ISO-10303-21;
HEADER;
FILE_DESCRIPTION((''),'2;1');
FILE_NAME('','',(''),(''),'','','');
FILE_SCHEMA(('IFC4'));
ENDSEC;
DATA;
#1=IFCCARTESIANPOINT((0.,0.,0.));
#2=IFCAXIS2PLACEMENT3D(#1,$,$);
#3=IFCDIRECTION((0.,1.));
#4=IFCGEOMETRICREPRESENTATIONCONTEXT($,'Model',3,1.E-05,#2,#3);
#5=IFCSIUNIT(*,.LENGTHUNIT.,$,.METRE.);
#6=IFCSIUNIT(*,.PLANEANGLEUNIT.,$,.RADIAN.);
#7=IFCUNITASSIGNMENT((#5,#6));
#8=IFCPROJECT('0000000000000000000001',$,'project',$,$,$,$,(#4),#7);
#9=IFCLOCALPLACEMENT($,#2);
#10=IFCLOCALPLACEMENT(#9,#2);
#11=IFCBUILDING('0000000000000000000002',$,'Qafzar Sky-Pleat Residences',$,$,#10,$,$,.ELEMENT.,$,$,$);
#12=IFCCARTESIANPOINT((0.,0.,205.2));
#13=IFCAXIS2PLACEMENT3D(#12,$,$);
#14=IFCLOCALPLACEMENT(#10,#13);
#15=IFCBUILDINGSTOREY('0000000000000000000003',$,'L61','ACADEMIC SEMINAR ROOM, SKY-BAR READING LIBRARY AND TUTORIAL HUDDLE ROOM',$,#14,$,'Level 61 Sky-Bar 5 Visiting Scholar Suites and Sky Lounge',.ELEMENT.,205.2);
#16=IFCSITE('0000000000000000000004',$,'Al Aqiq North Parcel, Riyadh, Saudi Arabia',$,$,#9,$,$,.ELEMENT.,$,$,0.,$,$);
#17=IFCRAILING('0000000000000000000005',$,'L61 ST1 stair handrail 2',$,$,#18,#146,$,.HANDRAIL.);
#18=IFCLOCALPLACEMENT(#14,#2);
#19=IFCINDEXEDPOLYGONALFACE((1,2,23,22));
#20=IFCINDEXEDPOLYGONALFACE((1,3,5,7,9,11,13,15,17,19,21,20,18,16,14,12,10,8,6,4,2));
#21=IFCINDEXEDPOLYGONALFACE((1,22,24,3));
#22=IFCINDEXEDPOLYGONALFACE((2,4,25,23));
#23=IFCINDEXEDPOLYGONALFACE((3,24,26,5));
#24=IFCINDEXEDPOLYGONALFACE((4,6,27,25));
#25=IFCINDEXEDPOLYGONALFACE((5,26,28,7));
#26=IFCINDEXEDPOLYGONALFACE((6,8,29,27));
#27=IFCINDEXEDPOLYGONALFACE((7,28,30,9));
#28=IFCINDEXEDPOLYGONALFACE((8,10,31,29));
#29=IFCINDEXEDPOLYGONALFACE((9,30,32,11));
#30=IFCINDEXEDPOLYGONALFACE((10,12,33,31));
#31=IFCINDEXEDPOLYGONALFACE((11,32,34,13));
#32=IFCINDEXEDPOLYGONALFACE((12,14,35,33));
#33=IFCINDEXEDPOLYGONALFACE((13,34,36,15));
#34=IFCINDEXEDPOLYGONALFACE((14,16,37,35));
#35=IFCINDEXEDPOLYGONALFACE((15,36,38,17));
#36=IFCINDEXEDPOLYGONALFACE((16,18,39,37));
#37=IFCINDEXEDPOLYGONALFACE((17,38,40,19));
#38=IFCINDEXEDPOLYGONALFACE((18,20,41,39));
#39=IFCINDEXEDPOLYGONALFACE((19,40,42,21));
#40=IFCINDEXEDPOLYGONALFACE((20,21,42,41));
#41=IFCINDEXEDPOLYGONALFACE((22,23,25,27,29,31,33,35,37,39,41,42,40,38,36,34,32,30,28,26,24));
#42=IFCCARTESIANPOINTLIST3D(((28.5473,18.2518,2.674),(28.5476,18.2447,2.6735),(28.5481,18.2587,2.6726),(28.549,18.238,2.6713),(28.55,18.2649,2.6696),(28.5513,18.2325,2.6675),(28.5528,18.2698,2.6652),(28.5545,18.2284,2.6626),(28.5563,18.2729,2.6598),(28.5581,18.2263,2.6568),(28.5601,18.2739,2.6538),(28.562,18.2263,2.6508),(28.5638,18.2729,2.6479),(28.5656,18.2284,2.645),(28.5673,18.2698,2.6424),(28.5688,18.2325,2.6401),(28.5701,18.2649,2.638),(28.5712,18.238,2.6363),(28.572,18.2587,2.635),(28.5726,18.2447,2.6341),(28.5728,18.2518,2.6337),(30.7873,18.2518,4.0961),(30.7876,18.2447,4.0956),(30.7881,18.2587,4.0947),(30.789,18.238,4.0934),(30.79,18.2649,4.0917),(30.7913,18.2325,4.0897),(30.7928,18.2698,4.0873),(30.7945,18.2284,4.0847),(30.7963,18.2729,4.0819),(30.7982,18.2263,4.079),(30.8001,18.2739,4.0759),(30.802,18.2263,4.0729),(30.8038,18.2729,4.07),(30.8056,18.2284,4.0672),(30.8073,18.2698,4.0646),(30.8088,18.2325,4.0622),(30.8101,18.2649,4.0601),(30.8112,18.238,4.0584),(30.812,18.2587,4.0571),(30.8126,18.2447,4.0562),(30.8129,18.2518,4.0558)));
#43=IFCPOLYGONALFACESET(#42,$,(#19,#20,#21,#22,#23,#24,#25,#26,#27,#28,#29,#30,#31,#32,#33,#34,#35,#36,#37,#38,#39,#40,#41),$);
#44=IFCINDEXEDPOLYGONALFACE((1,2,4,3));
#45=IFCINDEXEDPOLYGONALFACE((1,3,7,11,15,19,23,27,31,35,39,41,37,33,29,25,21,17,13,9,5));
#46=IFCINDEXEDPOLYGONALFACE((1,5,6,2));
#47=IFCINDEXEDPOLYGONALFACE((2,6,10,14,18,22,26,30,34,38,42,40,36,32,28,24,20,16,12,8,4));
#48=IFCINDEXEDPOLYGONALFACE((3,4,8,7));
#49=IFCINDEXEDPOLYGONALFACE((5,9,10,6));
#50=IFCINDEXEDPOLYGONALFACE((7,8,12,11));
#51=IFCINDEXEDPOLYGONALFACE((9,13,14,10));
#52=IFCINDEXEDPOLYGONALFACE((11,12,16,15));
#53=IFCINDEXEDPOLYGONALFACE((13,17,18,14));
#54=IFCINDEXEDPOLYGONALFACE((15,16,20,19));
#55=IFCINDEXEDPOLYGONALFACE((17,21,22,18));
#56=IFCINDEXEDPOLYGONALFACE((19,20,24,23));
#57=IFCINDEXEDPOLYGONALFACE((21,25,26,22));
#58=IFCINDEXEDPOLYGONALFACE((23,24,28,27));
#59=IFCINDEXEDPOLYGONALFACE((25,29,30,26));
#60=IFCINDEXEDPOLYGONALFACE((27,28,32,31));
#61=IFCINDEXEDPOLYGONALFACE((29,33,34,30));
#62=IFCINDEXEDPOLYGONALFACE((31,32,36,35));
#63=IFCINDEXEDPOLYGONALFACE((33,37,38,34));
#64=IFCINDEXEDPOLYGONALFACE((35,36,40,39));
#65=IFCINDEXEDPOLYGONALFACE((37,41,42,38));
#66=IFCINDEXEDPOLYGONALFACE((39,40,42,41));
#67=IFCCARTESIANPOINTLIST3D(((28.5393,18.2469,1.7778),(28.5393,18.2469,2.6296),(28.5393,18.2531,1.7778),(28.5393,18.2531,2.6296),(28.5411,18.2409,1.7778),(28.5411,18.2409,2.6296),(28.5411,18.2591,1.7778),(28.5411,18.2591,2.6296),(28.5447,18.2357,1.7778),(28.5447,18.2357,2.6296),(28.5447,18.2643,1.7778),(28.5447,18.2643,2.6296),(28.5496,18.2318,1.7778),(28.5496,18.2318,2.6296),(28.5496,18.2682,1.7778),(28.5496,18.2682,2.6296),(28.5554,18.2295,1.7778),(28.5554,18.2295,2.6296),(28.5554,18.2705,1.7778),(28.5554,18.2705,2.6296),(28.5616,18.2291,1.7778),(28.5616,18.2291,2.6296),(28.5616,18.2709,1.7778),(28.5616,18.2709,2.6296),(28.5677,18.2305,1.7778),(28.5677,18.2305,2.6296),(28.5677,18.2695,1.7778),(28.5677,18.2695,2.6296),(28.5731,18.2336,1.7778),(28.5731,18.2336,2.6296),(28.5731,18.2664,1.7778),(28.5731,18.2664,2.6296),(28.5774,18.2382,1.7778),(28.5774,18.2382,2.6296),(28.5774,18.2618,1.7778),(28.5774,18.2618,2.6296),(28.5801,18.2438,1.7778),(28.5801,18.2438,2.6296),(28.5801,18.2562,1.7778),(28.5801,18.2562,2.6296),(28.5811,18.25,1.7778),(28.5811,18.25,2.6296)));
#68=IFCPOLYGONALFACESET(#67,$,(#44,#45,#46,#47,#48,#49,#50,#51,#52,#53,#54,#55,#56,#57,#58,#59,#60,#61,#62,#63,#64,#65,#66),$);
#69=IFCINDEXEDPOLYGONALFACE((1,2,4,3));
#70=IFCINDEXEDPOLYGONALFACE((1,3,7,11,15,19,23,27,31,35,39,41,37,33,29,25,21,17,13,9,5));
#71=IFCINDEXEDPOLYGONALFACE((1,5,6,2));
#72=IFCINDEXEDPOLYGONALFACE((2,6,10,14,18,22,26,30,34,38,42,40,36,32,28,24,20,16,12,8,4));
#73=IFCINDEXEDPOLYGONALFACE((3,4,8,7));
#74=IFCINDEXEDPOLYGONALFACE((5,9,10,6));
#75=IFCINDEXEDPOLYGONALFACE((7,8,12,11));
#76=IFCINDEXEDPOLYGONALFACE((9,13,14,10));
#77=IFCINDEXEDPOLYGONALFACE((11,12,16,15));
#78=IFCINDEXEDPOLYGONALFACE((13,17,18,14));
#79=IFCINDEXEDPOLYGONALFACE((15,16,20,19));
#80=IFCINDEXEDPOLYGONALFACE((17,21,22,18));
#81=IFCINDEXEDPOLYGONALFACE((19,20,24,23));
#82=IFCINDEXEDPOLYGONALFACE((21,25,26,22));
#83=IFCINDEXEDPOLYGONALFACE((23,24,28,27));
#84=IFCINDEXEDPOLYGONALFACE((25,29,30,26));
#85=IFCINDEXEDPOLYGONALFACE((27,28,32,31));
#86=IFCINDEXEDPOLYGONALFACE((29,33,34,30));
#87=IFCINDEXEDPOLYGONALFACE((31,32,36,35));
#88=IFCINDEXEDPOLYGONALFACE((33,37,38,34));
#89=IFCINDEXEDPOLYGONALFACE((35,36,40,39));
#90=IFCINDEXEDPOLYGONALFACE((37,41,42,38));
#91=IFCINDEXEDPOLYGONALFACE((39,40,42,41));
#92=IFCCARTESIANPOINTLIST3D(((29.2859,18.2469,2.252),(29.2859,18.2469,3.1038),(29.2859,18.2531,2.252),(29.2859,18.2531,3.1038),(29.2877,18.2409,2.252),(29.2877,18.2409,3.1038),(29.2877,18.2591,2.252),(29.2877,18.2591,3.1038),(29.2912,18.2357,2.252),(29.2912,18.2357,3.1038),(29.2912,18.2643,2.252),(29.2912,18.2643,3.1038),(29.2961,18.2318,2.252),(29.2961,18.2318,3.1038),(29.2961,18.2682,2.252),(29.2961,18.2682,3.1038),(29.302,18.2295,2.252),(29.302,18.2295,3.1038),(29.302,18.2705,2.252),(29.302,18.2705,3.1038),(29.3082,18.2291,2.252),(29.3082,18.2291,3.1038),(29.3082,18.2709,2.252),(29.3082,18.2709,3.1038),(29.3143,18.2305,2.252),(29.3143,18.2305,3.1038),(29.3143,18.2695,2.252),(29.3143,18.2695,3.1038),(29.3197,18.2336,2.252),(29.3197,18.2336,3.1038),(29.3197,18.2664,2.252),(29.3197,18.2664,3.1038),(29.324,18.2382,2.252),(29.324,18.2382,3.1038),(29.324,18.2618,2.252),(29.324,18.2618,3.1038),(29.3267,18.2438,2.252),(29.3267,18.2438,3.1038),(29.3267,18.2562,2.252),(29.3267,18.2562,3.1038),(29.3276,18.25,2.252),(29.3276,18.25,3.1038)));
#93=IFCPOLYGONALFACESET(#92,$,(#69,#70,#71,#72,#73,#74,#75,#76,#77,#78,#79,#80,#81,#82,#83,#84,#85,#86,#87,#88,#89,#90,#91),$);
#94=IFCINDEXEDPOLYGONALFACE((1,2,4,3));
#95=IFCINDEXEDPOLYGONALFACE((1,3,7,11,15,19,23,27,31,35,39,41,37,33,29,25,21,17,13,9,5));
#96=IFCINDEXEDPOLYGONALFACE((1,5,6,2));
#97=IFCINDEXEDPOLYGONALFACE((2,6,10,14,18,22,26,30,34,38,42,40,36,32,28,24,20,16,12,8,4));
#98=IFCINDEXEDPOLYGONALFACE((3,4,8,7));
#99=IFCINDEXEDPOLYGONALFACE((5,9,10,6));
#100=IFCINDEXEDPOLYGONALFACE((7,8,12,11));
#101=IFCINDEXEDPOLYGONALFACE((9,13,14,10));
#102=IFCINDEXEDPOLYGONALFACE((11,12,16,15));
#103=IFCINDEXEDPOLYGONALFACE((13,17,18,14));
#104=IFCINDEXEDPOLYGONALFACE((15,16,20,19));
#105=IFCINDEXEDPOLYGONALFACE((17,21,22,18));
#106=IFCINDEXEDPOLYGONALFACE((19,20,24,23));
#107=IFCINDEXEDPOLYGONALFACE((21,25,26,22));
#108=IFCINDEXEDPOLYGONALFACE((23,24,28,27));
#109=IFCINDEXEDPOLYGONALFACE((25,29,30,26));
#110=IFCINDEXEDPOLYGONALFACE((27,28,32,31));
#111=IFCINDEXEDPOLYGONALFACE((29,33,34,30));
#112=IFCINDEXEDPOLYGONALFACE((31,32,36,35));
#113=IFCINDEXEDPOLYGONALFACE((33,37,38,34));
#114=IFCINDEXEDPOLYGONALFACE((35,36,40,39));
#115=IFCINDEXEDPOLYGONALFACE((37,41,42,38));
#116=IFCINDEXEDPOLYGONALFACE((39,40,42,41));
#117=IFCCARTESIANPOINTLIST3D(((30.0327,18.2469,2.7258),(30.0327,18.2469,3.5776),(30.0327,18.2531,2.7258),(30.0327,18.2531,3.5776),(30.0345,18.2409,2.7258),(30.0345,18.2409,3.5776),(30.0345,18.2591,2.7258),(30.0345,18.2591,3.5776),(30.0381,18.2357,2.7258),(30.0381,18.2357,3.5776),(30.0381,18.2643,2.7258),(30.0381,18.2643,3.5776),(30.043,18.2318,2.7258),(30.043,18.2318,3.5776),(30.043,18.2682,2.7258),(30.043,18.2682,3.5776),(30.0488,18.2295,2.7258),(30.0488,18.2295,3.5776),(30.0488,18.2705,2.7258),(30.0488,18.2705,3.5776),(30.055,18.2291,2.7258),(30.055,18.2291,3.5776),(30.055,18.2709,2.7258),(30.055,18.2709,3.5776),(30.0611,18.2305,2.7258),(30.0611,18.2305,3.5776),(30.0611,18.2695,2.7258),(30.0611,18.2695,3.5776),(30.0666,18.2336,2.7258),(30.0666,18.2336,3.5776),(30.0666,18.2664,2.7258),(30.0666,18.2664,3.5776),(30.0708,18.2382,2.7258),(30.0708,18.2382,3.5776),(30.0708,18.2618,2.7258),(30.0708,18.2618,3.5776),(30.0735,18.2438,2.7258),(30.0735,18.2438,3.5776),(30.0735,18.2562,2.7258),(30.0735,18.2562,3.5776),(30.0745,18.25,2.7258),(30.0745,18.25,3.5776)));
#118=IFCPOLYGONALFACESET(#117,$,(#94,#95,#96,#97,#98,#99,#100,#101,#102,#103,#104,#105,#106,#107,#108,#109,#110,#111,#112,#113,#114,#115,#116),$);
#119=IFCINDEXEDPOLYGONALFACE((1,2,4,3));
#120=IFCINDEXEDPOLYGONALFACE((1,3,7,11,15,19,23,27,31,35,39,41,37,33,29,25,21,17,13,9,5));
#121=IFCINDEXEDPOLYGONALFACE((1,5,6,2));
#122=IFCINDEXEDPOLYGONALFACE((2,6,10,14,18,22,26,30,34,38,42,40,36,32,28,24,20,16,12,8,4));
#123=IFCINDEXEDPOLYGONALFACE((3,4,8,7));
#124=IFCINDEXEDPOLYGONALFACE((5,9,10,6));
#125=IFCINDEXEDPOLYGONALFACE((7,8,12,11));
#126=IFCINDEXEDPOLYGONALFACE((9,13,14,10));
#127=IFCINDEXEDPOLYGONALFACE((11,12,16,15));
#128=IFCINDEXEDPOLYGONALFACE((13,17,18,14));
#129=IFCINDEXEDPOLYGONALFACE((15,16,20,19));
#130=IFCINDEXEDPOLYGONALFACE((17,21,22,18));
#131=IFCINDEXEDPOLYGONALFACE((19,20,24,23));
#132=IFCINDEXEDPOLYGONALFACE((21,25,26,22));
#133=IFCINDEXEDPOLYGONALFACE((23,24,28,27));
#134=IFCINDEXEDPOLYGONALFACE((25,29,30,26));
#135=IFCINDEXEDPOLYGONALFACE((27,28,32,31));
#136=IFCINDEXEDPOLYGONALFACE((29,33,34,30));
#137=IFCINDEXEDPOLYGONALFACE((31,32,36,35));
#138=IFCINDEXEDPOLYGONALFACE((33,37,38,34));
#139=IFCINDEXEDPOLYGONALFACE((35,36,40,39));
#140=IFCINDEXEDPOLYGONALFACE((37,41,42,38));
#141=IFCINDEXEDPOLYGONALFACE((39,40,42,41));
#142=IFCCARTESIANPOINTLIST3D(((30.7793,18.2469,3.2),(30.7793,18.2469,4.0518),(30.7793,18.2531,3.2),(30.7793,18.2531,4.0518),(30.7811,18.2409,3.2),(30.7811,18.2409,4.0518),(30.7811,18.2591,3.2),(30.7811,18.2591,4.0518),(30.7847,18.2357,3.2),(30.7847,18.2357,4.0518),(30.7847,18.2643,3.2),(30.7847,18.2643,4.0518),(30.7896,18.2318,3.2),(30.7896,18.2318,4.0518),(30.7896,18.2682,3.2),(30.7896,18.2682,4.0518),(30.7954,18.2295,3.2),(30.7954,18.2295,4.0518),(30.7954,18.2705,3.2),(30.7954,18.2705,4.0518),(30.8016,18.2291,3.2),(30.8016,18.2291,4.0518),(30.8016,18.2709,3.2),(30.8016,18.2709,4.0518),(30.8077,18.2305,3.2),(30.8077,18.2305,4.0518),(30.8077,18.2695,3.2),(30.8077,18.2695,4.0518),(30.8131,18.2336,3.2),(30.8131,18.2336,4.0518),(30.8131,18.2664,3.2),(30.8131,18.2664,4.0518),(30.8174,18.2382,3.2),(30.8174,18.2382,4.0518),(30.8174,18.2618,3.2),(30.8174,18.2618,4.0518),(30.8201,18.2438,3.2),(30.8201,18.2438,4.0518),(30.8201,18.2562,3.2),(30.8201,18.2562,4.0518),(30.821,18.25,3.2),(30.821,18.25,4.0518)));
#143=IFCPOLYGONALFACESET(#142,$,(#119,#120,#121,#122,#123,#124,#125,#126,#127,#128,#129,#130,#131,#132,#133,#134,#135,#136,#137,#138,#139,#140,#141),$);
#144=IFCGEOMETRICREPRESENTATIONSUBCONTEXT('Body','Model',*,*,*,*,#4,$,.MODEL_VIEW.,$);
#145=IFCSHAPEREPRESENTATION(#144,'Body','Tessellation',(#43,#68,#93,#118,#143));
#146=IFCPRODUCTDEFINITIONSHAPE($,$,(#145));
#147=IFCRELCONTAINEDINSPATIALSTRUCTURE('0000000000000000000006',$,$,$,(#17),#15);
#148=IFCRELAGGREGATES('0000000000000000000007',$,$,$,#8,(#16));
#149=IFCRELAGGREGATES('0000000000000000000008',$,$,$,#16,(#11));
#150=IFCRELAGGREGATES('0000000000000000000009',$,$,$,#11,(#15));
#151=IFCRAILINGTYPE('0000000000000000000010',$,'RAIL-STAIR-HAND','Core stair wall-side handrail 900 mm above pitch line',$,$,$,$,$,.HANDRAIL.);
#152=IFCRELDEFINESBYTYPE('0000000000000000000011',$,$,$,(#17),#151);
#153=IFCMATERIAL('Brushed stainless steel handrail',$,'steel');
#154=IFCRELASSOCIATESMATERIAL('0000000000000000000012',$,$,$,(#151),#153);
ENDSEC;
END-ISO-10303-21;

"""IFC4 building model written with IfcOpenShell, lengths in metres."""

from ifc_helpers import new_model, si_unit, direction, frame, origin, origin_2d, place, context, subcontext, project, spatial, circle, extrude, source, transform, mapped, material, type_object, element, save


model = new_model("IFC4")

# Units and contexts
model_context = context("Model", 3, precision=1e-05, world=origin(), true_north=direction((0.0, 1.0)))
body_context = subcontext(model_context, "Body", "Model", "MODEL_VIEW")
ifc_project = project(units=[si_unit("LENGTHUNIT", "METRE"), si_unit("PLANEANGLEUNIT", "RADIAN")], contexts=[model_context])

# Site, building, storey
site_placement = place(None, origin())
site = spatial("IfcSite", under=ifc_project, at=site_placement, Name="Al Aqiq North Parcel, Riyadh, Saudi Arabia", CompositionType="ELEMENT", RefElevation=0.0)
building_placement = place(site_placement, origin())
building = spatial("IfcBuilding", under=site, at=building_placement, Name="Qafzar Sky-Pleat Residences", CompositionType="ELEMENT")
storey_placement = place(building_placement, frame((0.0, 0.0, 205.2)))
storey = spatial("IfcBuildingStorey", under=building, at=storey_placement, Name="L61", Description="ACADEMIC SEMINAR ROOM, SKY-BAR READING LIBRARY AND TUTORIAL HUDDLE ROOM", LongName="Level 61 Sky-Bar 5 Visiting Scholar Suites and Sky Lounge", CompositionType="ELEMENT", Elevation=205.2)

# Railing
ifc_material_1 = material(Name="Brushed stainless steel handrail", Category="steel")
railing_type_1 = type_object("IfcRailingType", Name="RAIL-STAIR-HAND", Description="Core stair wall-side handrail 900 mm above pitch line", PredefinedType="HANDRAIL", material=ifc_material_1)
shared_shape_1 = source(origin(), body_context, "Body", "SweptSolid", [
    extrude(circle(Radius=0.0239, at=origin_2d()), frame((0.0, 0.0, 0.876), z_axis=(0.844229, 0.0, 0.535982), x_axis=(0.0, 1.0, 0.0)), (0.0, 0.0, 1.0), 2.6533),
    extrude(circle(Radius=0.021, at=origin_2d()), origin(), (0.0, 0.0, 1.0), 0.8518),
    extrude(circle(Radius=0.021, at=origin_2d()), frame((0.7466, 0.0, 0.4741)), (0.0, 0.0, 1.0), 0.8518),
    extrude(circle(Radius=0.021, at=origin_2d()), frame((1.4934, 0.0, 0.948)), (0.0, 0.0, 1.0), 0.8518),
    extrude(circle(Radius=0.021, at=origin_2d()), frame((2.24, 0.0, 1.4221)), (0.0, 0.0, 1.0), 0.8518),
])
railing_1_placement = place(storey_placement, frame((28.5601, 18.25, 1.7778)))
element("IfcRailing", 1, at=railing_1_placement, inside=storey, type_object=railing_type_1, Name="L61 ST1 stair handrail 2", PredefinedType="HANDRAIL", context=body_context, shape_type="MappedRepresentation", body=[
    mapped(shared_shape_1, transform((0.0, 0.0, 0.0), x_axis=(1.0, 0.0, 0.0), y_axis=(0.0, 1.0, 0.0), z_axis=(0.0, 0.0, 1.0), scale=1.0)),
])

save(model, "model.ifc")
